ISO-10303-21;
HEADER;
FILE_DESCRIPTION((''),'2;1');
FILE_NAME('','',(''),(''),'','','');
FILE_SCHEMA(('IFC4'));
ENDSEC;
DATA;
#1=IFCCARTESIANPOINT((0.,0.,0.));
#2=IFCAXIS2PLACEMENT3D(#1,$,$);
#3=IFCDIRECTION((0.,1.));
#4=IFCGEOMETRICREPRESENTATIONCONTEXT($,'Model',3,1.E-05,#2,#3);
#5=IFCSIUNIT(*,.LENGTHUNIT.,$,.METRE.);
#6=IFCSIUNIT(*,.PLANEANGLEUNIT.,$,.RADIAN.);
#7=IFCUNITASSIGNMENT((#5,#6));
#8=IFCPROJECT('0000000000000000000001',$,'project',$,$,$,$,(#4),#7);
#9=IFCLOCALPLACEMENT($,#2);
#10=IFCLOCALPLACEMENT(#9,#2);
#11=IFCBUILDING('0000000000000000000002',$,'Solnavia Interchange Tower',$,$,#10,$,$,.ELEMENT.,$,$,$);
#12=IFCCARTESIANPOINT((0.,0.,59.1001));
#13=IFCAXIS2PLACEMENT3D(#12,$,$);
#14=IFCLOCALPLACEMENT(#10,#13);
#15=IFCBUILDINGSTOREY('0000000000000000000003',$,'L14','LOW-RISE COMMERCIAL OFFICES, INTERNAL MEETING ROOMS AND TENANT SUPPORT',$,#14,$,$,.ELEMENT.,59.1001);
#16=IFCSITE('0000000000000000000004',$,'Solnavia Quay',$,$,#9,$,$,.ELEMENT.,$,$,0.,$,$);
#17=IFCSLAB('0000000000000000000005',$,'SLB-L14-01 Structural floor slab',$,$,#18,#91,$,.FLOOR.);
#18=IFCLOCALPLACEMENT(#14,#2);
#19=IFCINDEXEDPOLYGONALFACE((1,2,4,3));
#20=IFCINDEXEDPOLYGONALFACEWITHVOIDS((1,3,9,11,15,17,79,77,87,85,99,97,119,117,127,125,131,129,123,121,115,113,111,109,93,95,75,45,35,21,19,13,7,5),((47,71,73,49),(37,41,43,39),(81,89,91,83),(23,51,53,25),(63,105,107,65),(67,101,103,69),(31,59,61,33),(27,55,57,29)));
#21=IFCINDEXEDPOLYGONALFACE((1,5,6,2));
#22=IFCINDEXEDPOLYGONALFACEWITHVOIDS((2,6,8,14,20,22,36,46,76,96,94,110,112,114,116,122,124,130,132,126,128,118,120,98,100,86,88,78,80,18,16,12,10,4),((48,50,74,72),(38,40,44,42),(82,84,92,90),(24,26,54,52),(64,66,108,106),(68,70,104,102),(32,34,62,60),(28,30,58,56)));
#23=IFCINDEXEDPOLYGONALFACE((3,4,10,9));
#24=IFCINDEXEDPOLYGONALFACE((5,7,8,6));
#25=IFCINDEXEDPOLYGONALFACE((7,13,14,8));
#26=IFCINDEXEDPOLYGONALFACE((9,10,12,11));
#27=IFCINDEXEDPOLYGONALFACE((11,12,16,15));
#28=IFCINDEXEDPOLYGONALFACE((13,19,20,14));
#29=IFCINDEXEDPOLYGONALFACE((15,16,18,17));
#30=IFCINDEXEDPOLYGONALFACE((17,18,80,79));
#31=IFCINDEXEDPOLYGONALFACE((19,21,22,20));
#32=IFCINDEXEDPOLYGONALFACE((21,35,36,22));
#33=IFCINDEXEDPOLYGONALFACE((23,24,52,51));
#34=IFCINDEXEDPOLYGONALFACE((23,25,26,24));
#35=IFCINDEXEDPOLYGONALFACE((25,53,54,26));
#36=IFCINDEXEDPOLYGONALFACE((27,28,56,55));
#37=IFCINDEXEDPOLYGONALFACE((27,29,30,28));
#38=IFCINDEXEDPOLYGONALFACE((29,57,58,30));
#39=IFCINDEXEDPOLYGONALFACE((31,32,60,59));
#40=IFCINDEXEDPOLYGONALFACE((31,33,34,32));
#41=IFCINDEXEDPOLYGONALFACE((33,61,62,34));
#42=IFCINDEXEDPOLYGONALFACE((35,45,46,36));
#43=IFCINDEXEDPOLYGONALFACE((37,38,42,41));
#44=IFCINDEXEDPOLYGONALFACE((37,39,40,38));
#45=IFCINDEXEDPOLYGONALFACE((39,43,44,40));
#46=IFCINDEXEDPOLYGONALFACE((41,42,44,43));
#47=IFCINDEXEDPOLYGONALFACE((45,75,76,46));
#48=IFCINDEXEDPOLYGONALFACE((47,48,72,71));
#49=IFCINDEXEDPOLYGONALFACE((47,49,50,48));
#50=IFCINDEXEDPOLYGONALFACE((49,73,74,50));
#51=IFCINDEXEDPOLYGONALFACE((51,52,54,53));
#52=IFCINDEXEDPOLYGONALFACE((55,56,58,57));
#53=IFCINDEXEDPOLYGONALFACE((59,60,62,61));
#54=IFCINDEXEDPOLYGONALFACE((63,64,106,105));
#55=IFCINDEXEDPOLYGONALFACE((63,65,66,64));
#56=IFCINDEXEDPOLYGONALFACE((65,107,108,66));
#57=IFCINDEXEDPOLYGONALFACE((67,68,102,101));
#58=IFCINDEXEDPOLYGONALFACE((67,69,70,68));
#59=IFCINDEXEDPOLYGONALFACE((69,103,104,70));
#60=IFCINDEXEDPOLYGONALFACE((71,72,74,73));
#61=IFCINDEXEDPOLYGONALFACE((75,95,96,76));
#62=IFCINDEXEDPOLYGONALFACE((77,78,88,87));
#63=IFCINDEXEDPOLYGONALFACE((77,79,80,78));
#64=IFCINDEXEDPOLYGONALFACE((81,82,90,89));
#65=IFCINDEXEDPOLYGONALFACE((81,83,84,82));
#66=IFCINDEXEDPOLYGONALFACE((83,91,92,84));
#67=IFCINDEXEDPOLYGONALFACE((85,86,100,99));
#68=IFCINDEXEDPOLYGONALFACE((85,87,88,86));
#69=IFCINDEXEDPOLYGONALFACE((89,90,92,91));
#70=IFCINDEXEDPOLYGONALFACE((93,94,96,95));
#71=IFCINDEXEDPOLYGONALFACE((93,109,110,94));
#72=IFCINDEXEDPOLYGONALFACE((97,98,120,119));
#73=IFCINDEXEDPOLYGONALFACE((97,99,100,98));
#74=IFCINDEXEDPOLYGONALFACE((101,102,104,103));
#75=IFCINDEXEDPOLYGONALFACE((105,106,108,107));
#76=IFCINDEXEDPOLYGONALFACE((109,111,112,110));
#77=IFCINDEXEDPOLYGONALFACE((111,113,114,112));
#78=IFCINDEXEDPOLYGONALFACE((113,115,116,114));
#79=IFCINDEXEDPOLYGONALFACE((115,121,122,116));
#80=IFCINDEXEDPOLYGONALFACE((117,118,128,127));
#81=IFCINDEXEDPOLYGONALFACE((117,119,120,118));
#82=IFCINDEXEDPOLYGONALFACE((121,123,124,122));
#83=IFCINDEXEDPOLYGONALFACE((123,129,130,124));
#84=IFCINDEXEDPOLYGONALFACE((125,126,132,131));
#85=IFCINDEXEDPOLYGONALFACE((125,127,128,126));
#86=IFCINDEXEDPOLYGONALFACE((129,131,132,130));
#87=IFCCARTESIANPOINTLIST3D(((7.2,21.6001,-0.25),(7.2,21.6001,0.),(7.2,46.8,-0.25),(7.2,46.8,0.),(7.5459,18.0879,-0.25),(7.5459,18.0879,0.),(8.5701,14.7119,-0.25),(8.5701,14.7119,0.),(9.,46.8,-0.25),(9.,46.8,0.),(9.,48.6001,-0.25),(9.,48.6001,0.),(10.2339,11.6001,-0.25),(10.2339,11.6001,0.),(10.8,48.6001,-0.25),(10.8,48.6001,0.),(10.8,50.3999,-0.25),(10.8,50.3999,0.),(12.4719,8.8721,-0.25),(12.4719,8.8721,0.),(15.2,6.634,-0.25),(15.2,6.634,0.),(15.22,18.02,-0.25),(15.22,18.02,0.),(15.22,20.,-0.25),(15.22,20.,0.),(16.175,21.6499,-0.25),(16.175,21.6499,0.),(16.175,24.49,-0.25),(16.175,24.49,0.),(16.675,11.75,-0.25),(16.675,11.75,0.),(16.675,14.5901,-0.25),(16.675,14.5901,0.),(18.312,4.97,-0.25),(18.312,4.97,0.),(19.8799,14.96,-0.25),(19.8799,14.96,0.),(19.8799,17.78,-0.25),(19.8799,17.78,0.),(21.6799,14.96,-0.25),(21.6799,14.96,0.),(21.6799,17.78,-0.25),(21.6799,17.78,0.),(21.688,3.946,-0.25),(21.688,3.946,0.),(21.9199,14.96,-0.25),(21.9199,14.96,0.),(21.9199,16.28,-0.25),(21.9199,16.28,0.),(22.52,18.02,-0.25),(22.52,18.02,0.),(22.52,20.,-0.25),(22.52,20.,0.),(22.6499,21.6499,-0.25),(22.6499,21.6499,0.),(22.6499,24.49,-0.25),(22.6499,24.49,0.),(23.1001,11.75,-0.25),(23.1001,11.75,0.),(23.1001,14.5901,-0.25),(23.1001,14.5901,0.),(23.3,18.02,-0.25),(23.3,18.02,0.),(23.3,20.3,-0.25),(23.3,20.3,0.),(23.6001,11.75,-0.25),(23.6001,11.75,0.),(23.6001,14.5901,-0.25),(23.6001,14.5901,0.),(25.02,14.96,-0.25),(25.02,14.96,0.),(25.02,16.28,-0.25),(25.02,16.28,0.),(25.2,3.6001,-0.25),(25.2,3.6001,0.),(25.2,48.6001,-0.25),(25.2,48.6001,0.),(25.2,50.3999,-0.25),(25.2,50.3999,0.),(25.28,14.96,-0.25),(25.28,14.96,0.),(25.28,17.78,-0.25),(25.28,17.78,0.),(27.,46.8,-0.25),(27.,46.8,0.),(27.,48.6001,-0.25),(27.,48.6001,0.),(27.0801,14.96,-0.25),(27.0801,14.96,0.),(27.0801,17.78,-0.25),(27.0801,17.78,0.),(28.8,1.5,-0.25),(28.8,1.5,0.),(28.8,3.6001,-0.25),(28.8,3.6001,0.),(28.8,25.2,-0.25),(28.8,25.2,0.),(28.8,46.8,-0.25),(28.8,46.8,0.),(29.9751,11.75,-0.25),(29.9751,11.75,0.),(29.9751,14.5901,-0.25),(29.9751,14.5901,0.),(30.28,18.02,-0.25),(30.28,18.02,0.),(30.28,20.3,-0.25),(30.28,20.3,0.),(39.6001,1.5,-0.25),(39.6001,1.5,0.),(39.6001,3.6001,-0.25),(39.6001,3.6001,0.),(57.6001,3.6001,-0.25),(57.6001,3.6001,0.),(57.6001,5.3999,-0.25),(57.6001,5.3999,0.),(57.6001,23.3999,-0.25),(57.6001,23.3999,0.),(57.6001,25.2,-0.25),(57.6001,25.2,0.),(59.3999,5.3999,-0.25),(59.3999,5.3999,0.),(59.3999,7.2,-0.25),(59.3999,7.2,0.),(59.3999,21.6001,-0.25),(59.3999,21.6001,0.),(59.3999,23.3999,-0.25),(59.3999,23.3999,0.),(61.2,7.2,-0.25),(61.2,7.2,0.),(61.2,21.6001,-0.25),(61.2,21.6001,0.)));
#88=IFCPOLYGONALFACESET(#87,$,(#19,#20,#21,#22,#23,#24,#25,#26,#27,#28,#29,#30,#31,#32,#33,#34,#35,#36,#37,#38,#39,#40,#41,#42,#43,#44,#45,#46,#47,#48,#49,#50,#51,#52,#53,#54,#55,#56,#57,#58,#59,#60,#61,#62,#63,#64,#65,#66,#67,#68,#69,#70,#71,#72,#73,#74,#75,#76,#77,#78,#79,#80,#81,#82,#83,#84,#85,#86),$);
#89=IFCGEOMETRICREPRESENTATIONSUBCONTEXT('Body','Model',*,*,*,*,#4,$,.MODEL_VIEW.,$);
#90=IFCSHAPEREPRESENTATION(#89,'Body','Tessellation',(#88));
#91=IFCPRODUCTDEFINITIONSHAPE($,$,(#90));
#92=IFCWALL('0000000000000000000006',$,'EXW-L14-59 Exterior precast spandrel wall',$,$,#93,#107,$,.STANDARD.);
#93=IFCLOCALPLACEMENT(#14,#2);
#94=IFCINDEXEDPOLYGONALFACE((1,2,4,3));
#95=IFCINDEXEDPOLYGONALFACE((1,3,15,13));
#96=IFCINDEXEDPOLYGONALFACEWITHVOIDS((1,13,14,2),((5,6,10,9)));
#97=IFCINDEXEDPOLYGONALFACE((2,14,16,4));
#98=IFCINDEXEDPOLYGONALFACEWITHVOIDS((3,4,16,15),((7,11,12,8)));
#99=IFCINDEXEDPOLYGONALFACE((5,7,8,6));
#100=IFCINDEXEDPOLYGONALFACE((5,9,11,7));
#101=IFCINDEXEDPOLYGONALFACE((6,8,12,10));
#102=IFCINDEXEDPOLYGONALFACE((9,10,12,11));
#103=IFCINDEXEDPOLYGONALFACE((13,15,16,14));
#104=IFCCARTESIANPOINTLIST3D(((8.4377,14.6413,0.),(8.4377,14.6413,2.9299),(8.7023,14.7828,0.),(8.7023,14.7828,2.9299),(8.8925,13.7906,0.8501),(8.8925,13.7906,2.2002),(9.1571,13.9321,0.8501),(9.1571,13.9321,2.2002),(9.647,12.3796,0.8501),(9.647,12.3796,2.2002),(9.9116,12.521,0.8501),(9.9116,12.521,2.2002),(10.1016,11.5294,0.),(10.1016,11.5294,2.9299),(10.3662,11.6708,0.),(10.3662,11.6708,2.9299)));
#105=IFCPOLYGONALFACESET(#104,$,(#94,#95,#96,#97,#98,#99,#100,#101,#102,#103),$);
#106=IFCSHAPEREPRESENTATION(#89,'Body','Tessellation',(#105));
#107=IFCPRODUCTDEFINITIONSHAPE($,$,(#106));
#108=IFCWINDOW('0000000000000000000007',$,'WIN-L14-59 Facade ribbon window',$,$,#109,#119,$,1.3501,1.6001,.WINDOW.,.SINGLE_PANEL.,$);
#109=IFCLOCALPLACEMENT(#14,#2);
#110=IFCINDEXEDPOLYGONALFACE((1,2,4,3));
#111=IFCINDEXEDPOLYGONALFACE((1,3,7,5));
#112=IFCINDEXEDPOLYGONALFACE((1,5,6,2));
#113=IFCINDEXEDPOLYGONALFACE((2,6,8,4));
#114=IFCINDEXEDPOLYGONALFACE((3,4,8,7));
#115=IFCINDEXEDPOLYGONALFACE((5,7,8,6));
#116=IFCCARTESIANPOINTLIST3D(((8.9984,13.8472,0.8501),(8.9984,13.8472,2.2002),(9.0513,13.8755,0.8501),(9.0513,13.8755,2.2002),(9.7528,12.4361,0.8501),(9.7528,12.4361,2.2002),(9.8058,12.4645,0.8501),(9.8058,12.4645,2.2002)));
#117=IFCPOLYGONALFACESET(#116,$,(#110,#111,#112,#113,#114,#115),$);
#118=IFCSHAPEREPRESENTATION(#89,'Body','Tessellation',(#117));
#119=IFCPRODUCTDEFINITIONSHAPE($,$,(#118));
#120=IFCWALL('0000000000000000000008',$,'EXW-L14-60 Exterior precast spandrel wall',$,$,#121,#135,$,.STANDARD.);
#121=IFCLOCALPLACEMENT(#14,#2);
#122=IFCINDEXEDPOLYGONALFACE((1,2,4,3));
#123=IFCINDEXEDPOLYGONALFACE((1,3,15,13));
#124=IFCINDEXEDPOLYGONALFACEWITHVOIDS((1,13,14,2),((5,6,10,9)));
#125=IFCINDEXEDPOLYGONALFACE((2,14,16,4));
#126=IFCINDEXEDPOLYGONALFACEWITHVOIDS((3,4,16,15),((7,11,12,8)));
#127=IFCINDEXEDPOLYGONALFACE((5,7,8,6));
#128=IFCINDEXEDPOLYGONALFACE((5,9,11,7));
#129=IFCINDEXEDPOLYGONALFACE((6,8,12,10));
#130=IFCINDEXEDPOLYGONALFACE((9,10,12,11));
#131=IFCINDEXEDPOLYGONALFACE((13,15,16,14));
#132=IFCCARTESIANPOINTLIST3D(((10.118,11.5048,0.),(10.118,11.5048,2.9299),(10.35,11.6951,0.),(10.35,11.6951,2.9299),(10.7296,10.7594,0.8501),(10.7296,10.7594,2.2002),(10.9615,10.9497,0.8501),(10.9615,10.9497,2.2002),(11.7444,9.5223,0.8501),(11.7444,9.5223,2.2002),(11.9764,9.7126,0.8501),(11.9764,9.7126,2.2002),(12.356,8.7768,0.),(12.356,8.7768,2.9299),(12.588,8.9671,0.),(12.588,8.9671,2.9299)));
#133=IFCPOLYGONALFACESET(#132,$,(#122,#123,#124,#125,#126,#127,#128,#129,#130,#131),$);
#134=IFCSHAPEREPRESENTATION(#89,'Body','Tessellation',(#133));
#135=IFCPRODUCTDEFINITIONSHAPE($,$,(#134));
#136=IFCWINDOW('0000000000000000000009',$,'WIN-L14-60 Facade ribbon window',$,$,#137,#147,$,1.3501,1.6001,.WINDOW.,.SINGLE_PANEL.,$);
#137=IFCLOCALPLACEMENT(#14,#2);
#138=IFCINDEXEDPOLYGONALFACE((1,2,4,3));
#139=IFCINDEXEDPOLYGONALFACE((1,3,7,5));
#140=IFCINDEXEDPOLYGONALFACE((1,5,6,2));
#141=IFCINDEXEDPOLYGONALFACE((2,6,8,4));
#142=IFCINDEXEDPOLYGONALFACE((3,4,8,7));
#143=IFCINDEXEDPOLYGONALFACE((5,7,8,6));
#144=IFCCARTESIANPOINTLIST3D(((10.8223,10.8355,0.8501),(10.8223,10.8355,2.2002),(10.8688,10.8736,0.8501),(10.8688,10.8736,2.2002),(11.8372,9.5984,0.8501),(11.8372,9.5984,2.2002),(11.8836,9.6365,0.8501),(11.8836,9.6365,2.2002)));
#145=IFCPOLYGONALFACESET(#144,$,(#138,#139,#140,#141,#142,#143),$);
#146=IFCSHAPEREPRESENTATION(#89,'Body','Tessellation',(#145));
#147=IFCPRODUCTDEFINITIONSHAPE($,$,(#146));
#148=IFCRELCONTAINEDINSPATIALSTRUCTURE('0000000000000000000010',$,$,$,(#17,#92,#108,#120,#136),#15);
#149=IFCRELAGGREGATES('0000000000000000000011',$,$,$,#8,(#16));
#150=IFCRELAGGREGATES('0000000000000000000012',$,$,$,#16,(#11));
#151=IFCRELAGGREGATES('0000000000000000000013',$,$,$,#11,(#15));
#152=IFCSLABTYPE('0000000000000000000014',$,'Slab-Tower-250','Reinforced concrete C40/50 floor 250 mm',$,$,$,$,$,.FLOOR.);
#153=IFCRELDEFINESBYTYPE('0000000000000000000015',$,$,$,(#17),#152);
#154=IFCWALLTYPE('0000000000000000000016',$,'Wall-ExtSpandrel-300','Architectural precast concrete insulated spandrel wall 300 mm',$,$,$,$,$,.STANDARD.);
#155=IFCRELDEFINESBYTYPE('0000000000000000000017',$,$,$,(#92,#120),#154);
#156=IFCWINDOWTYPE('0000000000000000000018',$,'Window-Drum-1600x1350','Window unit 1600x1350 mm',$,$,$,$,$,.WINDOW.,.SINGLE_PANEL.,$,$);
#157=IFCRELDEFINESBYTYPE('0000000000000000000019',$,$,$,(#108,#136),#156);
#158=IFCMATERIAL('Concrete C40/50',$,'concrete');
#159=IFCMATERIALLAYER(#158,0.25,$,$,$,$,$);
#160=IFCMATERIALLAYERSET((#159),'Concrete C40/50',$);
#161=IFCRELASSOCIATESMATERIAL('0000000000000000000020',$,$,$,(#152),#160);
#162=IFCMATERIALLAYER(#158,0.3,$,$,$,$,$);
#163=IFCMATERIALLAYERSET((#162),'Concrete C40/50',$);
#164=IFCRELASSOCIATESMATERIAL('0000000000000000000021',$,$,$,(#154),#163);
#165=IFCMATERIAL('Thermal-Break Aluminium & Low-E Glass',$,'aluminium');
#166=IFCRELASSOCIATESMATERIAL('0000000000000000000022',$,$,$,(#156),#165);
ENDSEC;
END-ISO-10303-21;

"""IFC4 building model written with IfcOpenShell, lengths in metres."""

from ifc_helpers import new_model, si_unit, direction, frame, frame_2d, origin, place, context, subcontext, project, spatial, polyline, rectangle, outline, extrude, material, layer, layer_set, type_object, element, fill, save


model = new_model("IFC4")

# Units and contexts
model_context = context("Model", 3, precision=1e-05, world=origin(), true_north=direction((0.0, 1.0)))
body_context = subcontext(model_context, "Body", "Model", "MODEL_VIEW")
ifc_project = project(units=[si_unit("LENGTHUNIT", "METRE"), si_unit("PLANEANGLEUNIT", "RADIAN")], contexts=[model_context])

# Site, building, storey
site_placement = place(None, origin())
site = spatial("IfcSite", under=ifc_project, at=site_placement, Name="Solnavia Quay", CompositionType="ELEMENT", RefElevation=0.0)
building_placement = place(site_placement, origin())
building = spatial("IfcBuilding", under=site, at=building_placement, Name="Solnavia Interchange Tower", CompositionType="ELEMENT")
storey_placement = place(building_placement, frame((0.0, 0.0, 59.1001)))
storey = spatial("IfcBuildingStorey", under=building, at=storey_placement, Name="L14", Description="LOW-RISE COMMERCIAL OFFICES, INTERNAL MEETING ROOMS AND TENANT SUPPORT", CompositionType="ELEMENT", Elevation=59.1001)

# Shared definitions
ifc_material_1 = material(Name="Concrete C40/50", Category="concrete")

# Slab
ifc_layer_1 = layer(ifc_material_1, 0.25)
ifc_layer_set_1 = layer_set([ifc_layer_1], Name="Concrete C40/50")
slab_type_1 = type_object("IfcSlabType", Name="Slab-Tower-250", Description="Reinforced concrete C40/50 floor 250 mm", PredefinedType="FLOOR", material=ifc_layer_set_1)
slab_1_placement = place(storey_placement, frame((0.0, 0.0, -0.25)))
element("IfcSlab", 1, at=slab_1_placement, inside=storey, type_object=slab_type_1, Name="SLB-L14-01 Structural floor slab", PredefinedType="FLOOR", context=body_context, shape_type="SweptSolid", body=[
    extrude(outline(polyline([(25.2, 3.6001), (28.8, 3.6001), (28.8, 1.5), (39.6001, 1.5), (39.6001, 3.6001), (57.6001, 3.6001), (57.6001, 5.3999), (59.3999, 5.3999), (59.3999, 7.2), (61.2, 7.2), (61.2, 21.6001), (59.3999, 21.6001), (59.3999, 23.3999), (57.6001, 23.3999), (57.6001, 25.2), (28.8, 25.2), (28.8, 46.8), (27.0, 46.8), (27.0, 48.6001), (25.2, 48.6001), (25.2, 50.3999), (10.8, 50.3999), (10.8, 48.6001), (9.0, 48.6001), (9.0, 46.8), (7.2, 46.8), (7.2, 21.6001), (7.5459, 18.0879), (8.5701, 14.7119), (10.2339, 11.6001), (12.4719, 8.8721), (15.2, 6.634), (18.312, 4.97), (21.688, 3.946), (25.2, 3.6001)]), holes=[polyline([(16.675, 11.75), (23.1001, 11.75), (23.1001, 14.5901), (16.675, 14.5901), (16.675, 11.75)]), polyline([(23.6001, 11.75), (29.9751, 11.75), (29.9751, 14.5901), (23.6001, 14.5901), (23.6001, 11.75)]), polyline([(16.175, 21.6499), (22.6499, 21.6499), (22.6499, 24.49), (16.175, 24.49), (16.175, 21.6499)]), polyline([(19.8799, 14.96), (21.6799, 14.96), (21.6799, 17.78), (19.8799, 17.78), (19.8799, 14.96)]), polyline([(25.28, 14.96), (27.0801, 14.96), (27.0801, 17.78), (25.28, 17.78), (25.28, 14.96)]), polyline([(21.9199, 14.96), (25.02, 14.96), (25.02, 16.28), (21.9199, 16.28), (21.9199, 14.96)]), polyline([(15.22, 18.02), (22.52, 18.02), (22.52, 20.0), (15.22, 20.0), (15.22, 18.02)]), polyline([(23.3, 18.02), (30.28, 18.02), (30.28, 20.3), (23.3, 20.3), (23.3, 18.02)])]), origin(), (0.0, 0.0, 1.0), 0.25),
])

# Walls, openings, windows
ifc_layer_2 = layer(ifc_material_1, 0.3)
ifc_layer_set_2 = layer_set([ifc_layer_2], Name="Concrete C40/50")
wall_type_1 = type_object("IfcWallType", Name="Wall-ExtSpandrel-300", Description="Architectural precast concrete insulated spandrel wall 300 mm", PredefinedType="STANDARD", material=ifc_layer_set_2)
wall_1_placement = place(storey_placement, frame((10.2339, 11.6001, 0.0), z_axis=(0.0, 0.0, 1.0), x_axis=(-0.471511, 0.88186, 0.0)))
wall_1 = element("IfcWall", 2, at=wall_1_placement, inside=storey, type_object=wall_type_1, Name="EXW-L14-59 Exterior precast spandrel wall", PredefinedType="STANDARD", context=body_context, shape_type="SweptSolid", body=[
    extrude(rectangle(XDim=3.5288, YDim=0.3, at=frame_2d((1.7644, 0.0))), origin(), (0.0, 0.0, 1.0), 2.9299),
])
opening_1_placement = place(wall_1_placement, frame((0.9641, 0.0, 0.8501)))
opening_1 = element("IfcOpeningElement", 3, at=opening_1_placement, cuts=wall_1, PredefinedType="OPENING", context=body_context, shape_type="SweptSolid", body=[
    extrude(rectangle(XDim=1.6001, YDim=1.3501, at=frame_2d((0.8, 0.675))), frame((0.0, 0.1602, 0.0), z_axis=(0.0, -1.0, 0.0), x_axis=(1.0, 0.0, 0.0)), (0.0, 0.0, 1.0), 0.3201),
])
ifc_material_2 = material(Name="Thermal-Break Aluminium & Low-E Glass", Category="aluminium")
window_type = type_object("IfcWindowType", Name="Window-Drum-1600x1350", Description="Window unit 1600x1350 mm", PartitioningType="SINGLE_PANEL", PredefinedType="WINDOW", material=ifc_material_2)
window_1_placement = place(opening_1_placement, origin())
window_1 = element("IfcWindow", 4, at=window_1_placement, inside=storey, type_object=window_type, Name="WIN-L14-59 Facade ribbon window", OverallHeight=1.3501, OverallWidth=1.6001, PartitioningType="SINGLE_PANEL", PredefinedType="WINDOW", context=body_context, shape_type="SweptSolid", body=[
    extrude(rectangle(XDim=1.6001, YDim=1.3501, at=frame_2d((0.8, 0.675))), frame((0.0, 0.03, 0.0), z_axis=(0.0, -1.0, 0.0), x_axis=(1.0, 0.0, 0.0)), (0.0, 0.0, 1.0), 0.0601),
])
fill(opening_1, window_1)
wall_2_placement = place(storey_placement, frame((12.4719, 8.8721, 0.0), z_axis=(0.0, 0.0, 1.0), x_axis=(-0.634258, 0.773121, 0.0)))
wall_2 = element("IfcWall", 5, at=wall_2_placement, inside=storey, type_object=wall_type_1, Name="EXW-L14-60 Exterior precast spandrel wall", PredefinedType="STANDARD", context=body_context, shape_type="SweptSolid", body=[
    extrude(rectangle(XDim=3.5286, YDim=0.3, at=frame_2d((1.7642, 0.0))), origin(), (0.0, 0.0, 1.0), 2.9299),
])
opening_2_placement = place(wall_2_placement, frame((0.9641, 0.0, 0.8501)))
opening_2 = element("IfcOpeningElement", 6, at=opening_2_placement, cuts=wall_2, PredefinedType="OPENING", context=body_context, shape_type="SweptSolid", body=[
    extrude(rectangle(XDim=1.6001, YDim=1.3501, at=frame_2d((0.8, 0.675))), frame((0.0, 0.1602, 0.0), z_axis=(0.0, -1.0, 0.0), x_axis=(1.0, 0.0, 0.0)), (0.0, 0.0, 1.0), 0.3201),
])
window_2_placement = place(opening_2_placement, origin())
window_2 = element("IfcWindow", 7, at=window_2_placement, inside=storey, type_object=window_type, Name="WIN-L14-60 Facade ribbon window", OverallHeight=1.3501, OverallWidth=1.6001, PartitioningType="SINGLE_PANEL", PredefinedType="WINDOW", context=body_context, shape_type="SweptSolid", body=[
    extrude(rectangle(XDim=1.6001, YDim=1.3501, at=frame_2d((0.8, 0.675))), frame((0.0, 0.03, 0.0), z_axis=(0.0, -1.0, 0.0), x_axis=(1.0, 0.0, 0.0)), (0.0, 0.0, 1.0), 0.0601),
])
fill(opening_2, window_2)

save(model, "model.ifc")
